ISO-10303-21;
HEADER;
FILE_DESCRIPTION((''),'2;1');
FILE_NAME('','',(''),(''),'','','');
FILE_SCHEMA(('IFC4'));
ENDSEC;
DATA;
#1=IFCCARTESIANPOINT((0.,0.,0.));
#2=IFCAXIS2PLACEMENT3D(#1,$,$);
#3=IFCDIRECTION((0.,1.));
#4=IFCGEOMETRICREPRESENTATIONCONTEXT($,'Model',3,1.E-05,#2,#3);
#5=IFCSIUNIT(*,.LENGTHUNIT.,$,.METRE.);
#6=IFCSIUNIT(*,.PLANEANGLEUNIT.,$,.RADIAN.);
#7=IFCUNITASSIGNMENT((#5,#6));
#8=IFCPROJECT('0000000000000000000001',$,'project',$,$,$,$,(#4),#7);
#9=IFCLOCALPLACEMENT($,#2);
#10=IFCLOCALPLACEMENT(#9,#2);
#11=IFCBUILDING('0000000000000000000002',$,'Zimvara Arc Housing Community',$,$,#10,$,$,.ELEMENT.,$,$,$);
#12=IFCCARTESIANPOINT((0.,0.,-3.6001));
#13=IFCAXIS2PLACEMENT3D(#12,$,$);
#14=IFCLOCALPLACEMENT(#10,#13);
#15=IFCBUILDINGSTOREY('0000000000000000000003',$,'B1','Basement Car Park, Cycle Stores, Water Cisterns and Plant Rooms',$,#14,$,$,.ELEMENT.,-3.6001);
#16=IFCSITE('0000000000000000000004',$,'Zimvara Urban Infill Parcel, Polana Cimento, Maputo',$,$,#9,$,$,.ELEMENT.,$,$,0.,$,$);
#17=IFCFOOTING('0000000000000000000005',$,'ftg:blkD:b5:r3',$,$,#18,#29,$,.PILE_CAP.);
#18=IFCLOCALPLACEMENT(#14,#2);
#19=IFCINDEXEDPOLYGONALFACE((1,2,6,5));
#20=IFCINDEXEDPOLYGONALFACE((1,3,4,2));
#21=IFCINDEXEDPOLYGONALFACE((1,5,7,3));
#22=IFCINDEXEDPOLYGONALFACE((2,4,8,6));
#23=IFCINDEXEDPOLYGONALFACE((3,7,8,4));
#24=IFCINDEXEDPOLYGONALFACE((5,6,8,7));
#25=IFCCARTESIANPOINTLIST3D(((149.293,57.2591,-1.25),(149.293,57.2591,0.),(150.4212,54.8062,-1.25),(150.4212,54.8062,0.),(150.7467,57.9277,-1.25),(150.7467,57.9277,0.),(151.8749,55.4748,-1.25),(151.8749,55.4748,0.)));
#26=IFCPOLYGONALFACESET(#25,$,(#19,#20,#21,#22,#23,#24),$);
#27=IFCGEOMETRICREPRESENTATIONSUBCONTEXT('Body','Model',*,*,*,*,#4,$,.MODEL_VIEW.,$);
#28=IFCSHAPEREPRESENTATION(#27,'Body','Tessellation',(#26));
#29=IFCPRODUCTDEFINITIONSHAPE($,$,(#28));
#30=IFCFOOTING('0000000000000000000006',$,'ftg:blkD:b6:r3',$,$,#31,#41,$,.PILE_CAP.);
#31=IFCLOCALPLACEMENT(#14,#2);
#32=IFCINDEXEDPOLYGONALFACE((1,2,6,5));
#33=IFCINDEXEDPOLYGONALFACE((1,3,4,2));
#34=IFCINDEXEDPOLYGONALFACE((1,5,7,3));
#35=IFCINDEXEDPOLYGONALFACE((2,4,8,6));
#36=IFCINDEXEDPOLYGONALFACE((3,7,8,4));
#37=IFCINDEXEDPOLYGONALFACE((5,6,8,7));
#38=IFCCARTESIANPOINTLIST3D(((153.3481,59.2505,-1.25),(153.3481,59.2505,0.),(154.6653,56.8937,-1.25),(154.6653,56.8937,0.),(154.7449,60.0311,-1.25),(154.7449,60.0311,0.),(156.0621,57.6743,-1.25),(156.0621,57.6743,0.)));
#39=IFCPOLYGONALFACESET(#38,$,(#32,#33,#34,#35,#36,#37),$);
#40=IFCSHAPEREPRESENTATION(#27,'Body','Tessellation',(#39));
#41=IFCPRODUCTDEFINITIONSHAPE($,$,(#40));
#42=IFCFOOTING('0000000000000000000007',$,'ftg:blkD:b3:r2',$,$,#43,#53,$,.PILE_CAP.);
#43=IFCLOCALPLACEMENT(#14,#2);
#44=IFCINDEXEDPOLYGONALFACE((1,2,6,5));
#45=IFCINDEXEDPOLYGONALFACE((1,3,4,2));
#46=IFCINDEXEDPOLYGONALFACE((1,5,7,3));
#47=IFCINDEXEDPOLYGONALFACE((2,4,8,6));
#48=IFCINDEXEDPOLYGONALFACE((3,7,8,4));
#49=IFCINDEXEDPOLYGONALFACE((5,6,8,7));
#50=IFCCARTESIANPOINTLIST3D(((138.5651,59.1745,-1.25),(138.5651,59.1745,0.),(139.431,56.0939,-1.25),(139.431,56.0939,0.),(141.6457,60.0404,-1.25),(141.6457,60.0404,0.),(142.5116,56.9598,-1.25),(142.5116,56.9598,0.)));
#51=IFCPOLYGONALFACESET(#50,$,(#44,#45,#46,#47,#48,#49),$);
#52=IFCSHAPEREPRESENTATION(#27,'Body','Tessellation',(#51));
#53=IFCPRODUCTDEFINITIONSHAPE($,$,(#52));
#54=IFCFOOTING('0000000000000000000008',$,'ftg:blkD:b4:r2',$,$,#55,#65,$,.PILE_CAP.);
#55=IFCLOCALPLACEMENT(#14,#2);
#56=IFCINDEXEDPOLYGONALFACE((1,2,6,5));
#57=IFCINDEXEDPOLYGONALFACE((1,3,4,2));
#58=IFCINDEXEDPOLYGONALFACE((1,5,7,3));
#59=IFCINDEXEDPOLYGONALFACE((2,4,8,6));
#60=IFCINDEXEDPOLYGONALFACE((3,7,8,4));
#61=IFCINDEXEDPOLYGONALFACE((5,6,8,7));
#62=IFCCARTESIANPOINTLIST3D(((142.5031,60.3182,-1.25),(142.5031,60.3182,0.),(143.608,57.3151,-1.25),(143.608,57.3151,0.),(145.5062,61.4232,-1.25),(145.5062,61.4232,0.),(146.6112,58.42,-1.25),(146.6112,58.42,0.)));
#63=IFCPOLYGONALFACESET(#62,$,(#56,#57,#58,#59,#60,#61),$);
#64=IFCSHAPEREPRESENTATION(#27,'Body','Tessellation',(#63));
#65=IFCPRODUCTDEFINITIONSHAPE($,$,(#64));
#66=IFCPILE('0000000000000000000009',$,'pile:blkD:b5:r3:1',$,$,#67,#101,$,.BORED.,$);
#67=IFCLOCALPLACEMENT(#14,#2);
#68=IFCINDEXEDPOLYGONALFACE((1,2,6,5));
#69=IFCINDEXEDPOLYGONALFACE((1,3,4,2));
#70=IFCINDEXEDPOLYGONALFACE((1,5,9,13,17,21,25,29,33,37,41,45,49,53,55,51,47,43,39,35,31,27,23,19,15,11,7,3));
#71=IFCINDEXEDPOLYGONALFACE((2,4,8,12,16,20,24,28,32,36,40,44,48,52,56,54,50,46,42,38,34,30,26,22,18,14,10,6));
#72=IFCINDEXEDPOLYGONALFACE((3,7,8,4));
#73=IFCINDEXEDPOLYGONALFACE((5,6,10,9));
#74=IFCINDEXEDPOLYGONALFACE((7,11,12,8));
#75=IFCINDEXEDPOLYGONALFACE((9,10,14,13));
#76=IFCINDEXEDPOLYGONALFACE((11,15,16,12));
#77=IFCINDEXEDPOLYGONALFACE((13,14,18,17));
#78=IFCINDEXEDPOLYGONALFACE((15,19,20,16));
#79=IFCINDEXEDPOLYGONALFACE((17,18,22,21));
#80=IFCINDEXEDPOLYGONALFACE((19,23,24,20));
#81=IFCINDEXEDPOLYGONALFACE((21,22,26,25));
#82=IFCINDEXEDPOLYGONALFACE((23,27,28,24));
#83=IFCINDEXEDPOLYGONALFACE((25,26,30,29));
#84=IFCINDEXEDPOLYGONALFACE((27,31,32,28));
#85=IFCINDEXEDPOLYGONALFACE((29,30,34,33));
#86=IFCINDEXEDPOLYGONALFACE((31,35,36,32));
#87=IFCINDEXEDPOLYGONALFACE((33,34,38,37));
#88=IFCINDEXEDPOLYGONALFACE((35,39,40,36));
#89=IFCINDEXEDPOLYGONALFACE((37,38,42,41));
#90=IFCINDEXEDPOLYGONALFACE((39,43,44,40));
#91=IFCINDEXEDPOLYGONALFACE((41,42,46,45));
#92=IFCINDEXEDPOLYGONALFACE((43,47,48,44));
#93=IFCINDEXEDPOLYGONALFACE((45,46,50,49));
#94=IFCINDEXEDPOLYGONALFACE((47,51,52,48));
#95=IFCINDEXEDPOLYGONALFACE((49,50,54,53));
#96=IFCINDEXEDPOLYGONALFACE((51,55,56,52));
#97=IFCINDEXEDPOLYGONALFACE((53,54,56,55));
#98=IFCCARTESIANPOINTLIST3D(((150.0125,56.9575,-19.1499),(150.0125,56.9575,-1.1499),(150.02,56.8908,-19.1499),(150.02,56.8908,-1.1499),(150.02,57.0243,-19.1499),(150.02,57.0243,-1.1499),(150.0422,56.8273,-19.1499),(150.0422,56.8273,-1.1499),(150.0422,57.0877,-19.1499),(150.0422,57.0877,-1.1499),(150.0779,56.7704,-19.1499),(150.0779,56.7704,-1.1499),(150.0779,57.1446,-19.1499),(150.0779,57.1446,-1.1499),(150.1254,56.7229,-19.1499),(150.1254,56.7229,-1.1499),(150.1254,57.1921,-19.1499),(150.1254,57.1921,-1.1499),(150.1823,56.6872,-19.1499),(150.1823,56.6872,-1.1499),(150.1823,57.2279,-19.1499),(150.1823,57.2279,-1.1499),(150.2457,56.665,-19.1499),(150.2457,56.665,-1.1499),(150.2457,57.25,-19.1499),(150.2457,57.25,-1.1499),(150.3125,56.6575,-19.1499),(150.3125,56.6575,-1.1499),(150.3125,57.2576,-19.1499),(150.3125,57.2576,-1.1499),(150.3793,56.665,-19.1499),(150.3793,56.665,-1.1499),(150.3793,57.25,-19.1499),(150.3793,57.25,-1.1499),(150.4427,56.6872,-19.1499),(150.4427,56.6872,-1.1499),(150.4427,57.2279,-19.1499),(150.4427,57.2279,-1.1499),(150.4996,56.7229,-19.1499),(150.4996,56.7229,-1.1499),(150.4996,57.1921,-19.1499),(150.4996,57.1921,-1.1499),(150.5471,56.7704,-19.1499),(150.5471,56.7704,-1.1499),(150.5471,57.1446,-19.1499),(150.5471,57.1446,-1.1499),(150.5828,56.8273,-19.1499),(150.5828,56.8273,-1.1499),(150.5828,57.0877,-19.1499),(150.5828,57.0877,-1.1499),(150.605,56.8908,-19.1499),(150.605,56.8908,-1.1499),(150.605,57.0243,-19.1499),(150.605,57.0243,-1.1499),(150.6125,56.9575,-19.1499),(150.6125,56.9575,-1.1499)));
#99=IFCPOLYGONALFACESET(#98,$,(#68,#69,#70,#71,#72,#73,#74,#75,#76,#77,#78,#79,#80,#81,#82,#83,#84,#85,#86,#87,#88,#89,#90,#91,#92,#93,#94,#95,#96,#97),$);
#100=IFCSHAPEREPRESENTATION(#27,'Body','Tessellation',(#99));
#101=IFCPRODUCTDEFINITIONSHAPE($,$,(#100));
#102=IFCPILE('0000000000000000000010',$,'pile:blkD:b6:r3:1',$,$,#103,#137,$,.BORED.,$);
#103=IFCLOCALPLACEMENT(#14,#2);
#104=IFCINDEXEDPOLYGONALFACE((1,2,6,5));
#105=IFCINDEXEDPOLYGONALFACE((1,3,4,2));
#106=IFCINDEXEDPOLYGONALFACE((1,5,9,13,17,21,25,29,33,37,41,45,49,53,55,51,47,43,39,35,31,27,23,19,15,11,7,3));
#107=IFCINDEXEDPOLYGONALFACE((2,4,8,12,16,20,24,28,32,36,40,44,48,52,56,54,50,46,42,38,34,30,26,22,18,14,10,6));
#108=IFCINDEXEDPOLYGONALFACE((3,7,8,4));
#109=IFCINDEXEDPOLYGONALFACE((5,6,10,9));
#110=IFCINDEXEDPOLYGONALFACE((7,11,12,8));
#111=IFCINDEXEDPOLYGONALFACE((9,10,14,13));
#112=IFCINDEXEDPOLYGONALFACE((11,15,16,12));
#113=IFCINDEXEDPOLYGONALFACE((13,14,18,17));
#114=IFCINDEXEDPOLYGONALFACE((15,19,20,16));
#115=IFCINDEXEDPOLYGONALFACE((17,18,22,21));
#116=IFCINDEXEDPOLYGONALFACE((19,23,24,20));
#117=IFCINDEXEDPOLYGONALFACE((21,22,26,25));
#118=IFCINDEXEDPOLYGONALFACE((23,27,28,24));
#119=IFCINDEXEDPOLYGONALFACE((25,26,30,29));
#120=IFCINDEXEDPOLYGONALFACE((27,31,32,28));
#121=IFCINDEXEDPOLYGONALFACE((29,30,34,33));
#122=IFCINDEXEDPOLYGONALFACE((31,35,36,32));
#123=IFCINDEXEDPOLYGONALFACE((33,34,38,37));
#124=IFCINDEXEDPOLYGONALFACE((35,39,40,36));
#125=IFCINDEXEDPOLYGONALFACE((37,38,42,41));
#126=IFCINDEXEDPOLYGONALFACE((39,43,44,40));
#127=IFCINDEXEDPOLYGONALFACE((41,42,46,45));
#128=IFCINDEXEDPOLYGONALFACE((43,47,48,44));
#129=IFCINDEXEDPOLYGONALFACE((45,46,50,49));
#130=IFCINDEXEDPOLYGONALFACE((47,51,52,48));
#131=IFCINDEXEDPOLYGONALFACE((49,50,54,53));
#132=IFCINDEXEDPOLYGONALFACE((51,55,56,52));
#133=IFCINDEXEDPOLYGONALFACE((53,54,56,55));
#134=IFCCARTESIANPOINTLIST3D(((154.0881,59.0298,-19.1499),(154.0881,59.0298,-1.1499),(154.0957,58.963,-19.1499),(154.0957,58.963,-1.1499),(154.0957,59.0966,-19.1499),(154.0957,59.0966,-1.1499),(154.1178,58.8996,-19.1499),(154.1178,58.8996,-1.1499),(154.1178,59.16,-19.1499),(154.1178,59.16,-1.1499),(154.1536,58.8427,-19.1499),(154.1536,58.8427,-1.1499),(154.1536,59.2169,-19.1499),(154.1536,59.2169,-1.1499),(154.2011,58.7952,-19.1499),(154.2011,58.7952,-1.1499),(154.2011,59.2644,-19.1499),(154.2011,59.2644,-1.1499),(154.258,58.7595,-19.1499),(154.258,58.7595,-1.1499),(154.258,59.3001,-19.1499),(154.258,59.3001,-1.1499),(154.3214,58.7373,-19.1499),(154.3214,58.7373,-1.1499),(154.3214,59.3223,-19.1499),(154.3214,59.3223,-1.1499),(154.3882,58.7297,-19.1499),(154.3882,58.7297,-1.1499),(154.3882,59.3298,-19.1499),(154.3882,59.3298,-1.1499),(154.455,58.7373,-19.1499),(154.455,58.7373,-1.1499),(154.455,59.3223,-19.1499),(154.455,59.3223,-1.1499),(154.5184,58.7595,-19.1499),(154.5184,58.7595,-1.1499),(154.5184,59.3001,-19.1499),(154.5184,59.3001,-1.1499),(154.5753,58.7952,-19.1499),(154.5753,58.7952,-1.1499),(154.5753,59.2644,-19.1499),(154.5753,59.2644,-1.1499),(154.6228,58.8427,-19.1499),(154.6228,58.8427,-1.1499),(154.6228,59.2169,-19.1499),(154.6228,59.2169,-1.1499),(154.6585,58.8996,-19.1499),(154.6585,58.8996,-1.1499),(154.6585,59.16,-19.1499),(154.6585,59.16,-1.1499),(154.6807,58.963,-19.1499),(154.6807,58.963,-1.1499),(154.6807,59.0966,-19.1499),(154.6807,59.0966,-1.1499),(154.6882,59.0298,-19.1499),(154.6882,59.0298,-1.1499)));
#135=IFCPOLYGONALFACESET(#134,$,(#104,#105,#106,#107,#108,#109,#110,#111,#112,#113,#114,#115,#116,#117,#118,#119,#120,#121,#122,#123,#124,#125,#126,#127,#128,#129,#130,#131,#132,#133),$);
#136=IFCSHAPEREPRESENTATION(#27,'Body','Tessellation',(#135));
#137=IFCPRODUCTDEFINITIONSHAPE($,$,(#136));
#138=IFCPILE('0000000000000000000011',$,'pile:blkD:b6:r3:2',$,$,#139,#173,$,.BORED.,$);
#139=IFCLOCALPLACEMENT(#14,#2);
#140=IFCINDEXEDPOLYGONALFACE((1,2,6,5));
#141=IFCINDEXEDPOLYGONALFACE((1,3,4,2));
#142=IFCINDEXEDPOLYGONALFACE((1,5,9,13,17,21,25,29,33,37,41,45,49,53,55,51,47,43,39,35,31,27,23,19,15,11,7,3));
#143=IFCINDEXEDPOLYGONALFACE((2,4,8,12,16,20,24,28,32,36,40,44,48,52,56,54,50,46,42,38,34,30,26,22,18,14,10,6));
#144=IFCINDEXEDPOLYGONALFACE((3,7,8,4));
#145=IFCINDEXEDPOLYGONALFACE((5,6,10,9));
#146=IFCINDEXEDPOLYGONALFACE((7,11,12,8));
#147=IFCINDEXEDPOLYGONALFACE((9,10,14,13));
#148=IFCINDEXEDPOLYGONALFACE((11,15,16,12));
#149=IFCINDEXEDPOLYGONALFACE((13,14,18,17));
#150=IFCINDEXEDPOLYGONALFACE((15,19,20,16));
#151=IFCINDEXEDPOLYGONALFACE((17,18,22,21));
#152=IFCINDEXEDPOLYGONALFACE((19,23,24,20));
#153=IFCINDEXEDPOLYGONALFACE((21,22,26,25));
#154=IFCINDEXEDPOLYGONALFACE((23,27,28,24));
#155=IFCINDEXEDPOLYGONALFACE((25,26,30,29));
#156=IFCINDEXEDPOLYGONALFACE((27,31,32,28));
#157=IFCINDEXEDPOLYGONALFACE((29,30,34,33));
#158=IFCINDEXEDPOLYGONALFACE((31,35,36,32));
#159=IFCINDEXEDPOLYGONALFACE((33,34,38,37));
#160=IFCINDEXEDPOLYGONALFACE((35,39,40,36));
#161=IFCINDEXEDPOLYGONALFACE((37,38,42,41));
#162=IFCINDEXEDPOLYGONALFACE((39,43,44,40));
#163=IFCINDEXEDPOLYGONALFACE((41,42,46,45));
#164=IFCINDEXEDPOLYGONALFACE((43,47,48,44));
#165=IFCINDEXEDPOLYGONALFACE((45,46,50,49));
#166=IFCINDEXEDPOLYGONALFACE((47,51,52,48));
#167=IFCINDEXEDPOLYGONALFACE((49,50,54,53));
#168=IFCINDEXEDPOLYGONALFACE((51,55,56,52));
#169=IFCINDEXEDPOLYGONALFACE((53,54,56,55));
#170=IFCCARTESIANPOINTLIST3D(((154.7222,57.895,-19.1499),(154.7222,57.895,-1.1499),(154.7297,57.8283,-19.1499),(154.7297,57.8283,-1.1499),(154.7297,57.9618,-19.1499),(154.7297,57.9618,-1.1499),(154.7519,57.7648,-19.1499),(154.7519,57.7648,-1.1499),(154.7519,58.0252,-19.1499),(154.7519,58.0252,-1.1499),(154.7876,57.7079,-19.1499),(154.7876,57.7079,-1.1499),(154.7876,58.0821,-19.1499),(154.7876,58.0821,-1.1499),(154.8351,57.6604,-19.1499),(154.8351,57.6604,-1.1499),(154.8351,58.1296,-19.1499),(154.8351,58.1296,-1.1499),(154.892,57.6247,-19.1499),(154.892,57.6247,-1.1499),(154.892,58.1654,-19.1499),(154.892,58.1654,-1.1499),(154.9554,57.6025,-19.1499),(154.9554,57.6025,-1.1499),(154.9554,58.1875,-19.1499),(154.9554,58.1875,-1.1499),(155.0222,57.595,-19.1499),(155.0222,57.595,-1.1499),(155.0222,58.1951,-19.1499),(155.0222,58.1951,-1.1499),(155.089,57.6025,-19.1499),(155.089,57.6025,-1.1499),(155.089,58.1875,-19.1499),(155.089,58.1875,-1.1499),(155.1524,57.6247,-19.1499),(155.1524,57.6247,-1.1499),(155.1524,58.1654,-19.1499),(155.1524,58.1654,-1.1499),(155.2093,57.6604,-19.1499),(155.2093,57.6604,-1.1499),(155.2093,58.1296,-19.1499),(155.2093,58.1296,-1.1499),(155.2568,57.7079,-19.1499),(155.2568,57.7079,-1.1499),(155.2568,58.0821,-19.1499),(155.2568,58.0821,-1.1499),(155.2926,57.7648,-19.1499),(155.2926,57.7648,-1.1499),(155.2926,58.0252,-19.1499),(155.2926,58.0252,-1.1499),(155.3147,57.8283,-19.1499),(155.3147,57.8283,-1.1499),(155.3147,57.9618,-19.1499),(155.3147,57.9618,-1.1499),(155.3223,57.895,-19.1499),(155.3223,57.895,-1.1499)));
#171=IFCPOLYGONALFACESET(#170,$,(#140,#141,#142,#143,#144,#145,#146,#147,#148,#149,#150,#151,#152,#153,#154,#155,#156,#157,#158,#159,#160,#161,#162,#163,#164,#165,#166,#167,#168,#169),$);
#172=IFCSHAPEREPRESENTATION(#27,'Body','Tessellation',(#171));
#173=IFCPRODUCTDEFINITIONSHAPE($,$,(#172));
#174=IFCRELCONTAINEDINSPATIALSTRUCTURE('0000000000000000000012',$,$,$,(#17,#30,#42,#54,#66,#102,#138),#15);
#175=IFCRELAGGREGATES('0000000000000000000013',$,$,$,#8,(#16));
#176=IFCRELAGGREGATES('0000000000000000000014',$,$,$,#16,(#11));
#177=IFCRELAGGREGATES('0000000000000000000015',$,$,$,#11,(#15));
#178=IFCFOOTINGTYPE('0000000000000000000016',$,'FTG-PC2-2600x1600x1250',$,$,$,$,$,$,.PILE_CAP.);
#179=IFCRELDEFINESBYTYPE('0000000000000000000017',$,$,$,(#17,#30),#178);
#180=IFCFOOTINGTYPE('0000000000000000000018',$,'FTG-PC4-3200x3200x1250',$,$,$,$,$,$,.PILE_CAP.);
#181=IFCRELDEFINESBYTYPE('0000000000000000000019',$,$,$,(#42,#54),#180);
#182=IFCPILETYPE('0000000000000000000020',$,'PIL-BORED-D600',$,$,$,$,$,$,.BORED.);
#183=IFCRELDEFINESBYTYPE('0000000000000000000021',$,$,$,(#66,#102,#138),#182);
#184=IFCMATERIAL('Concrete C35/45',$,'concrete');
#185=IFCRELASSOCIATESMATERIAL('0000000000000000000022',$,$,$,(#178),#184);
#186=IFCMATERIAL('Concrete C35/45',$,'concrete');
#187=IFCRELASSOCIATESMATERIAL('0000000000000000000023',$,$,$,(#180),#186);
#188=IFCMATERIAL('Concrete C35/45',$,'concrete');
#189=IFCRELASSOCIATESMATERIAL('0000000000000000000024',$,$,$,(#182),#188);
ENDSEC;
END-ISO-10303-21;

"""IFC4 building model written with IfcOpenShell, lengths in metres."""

from ifc_helpers import new_model, si_unit, direction, frame, origin, origin_2d, place, context, subcontext, project, spatial, rectangle, circle, extrude, material, material_profile, profile_set, type_object, element, save


model = new_model("IFC4")

# Units and contexts
model_context = context("Model", 3, precision=1e-05, world=origin(), true_north=direction((0.0, 1.0)))
body_context = subcontext(model_context, "Body", "Model", "MODEL_VIEW")
ifc_project = project(units=[si_unit("LENGTHUNIT", "METRE"), si_unit("PLANEANGLEUNIT", "RADIAN")], contexts=[model_context])

# Site, building, storey
site_placement = place(None, origin())
site = spatial("IfcSite", under=ifc_project, at=site_placement, Name="Zimvara Urban Infill Parcel, Polana Cimento, Maputo", CompositionType="ELEMENT", RefElevation=0.0)
building_placement = place(site_placement, origin())
building = spatial("IfcBuilding", under=site, at=building_placement, Name="Zimvara Arc Housing Community", CompositionType="ELEMENT")
storey_placement = place(building_placement, frame((0.0, 0.0, -3.6001)))
storey = spatial("IfcBuildingStorey", under=building, at=storey_placement, Name="B1", Description="Basement Car Park, Cycle Stores, Water Cisterns and Plant Rooms", CompositionType="ELEMENT", Elevation=-3.6001)

# Footings
ifc_material_1 = material(Name="Concrete C35/45", Category="concrete")
footing_type_1 = type_object("IfcFootingType", Name="FTG-PC2-2600x1600x1250", PredefinedType="PILE_CAP", material=ifc_material_1)
for number, where, z_axis, x_axis, name in (
    (1, (150.584, 56.3669, -1.25), (0.0, 0.0, 1.0), (0.417867, -0.908508, 0.0), "ftg:blkD:b5:r3"),
    (2, (154.7051, 58.4624, -1.25), (0.0, 0.0, 1.0), (0.48786, -0.872922, 0.0), "ftg:blkD:b6:r3"),
):
    element("IfcFooting", number, at=place(storey_placement, frame(where, z_axis=z_axis, x_axis=x_axis)), inside=storey, type_object=footing_type_1, Name=name, PredefinedType="PILE_CAP", context=body_context, shape_type="SweptSolid", body=[
        extrude(rectangle(XDim=2.7, YDim=1.6001, at=origin_2d()), origin(), (0.0, 0.0, 1.0), 1.25),
    ])
ifc_material_2 = material(Name="Concrete C35/45", Category="concrete")
footing_type_2 = type_object("IfcFootingType", Name="FTG-PC4-3200x3200x1250", PredefinedType="PILE_CAP", material=ifc_material_2)
for number, where, z_axis, x_axis, name in (
    (3, (140.5383, 58.0671, -1.25), (0.0, 0.0, 1.0), (0.2706, -0.962692, 0.0), "ftg:blkD:b3:r2"),
    (4, (144.5571, 59.3691, -1.25), (0.0, 0.0, 1.0), (0.345298, -0.938493, 0.0), "ftg:blkD:b4:r2"),
):
    element("IfcFooting", number, at=place(storey_placement, frame(where, z_axis=z_axis, x_axis=x_axis)), inside=storey, type_object=footing_type_2, Name=name, PredefinedType="PILE_CAP", context=body_context, shape_type="SweptSolid", body=[
        extrude(rectangle(XDim=3.2, YDim=3.2, at=origin_2d()), origin(), (0.0, 0.0, 1.0), 1.25),
    ])

# Piles
ifc_material_3 = material(Name="Concrete C35/45", Category="concrete")
ifc_material_profile_1 = material_profile(ifc_material_3, circle(Radius=0.3, at=origin_2d()), Name="PILE D600")
ifc_profile_set_1 = profile_set([ifc_material_profile_1], Name="Concrete C35/45")
pile_type_1 = type_object("IfcPileType", Name="PIL-BORED-D600", PredefinedType="BORED", material=ifc_profile_set_1)
for number, where, z_axis, x_axis, name in (
    (5, (150.3125, 56.9575, -1.1499), (0.0, 0.0, -1.0), (1.0, 0.0, 0.0), "pile:blkD:b5:r3:1"),
    (6, (154.3882, 59.0298, -1.1499), (0.0, 0.0, -1.0), (1.0, 0.0, 0.0), "pile:blkD:b6:r3:1"),
    (7, (155.0222, 57.895, -1.1499), (0.0, 0.0, -1.0), (1.0, 0.0, 0.0), "pile:blkD:b6:r3:2"),
):
    element("IfcPile", number, at=place(storey_placement, frame(where, z_axis=z_axis, x_axis=x_axis)), inside=storey, type_object=pile_type_1, Name=name, PredefinedType="BORED", context=body_context, shape_type="SweptSolid", body=[
        extrude(circle(Radius=0.3, at=origin_2d()), origin(), (0.0, 0.0, 1.0), 18.0),
    ])

save(model, "model.ifc")
